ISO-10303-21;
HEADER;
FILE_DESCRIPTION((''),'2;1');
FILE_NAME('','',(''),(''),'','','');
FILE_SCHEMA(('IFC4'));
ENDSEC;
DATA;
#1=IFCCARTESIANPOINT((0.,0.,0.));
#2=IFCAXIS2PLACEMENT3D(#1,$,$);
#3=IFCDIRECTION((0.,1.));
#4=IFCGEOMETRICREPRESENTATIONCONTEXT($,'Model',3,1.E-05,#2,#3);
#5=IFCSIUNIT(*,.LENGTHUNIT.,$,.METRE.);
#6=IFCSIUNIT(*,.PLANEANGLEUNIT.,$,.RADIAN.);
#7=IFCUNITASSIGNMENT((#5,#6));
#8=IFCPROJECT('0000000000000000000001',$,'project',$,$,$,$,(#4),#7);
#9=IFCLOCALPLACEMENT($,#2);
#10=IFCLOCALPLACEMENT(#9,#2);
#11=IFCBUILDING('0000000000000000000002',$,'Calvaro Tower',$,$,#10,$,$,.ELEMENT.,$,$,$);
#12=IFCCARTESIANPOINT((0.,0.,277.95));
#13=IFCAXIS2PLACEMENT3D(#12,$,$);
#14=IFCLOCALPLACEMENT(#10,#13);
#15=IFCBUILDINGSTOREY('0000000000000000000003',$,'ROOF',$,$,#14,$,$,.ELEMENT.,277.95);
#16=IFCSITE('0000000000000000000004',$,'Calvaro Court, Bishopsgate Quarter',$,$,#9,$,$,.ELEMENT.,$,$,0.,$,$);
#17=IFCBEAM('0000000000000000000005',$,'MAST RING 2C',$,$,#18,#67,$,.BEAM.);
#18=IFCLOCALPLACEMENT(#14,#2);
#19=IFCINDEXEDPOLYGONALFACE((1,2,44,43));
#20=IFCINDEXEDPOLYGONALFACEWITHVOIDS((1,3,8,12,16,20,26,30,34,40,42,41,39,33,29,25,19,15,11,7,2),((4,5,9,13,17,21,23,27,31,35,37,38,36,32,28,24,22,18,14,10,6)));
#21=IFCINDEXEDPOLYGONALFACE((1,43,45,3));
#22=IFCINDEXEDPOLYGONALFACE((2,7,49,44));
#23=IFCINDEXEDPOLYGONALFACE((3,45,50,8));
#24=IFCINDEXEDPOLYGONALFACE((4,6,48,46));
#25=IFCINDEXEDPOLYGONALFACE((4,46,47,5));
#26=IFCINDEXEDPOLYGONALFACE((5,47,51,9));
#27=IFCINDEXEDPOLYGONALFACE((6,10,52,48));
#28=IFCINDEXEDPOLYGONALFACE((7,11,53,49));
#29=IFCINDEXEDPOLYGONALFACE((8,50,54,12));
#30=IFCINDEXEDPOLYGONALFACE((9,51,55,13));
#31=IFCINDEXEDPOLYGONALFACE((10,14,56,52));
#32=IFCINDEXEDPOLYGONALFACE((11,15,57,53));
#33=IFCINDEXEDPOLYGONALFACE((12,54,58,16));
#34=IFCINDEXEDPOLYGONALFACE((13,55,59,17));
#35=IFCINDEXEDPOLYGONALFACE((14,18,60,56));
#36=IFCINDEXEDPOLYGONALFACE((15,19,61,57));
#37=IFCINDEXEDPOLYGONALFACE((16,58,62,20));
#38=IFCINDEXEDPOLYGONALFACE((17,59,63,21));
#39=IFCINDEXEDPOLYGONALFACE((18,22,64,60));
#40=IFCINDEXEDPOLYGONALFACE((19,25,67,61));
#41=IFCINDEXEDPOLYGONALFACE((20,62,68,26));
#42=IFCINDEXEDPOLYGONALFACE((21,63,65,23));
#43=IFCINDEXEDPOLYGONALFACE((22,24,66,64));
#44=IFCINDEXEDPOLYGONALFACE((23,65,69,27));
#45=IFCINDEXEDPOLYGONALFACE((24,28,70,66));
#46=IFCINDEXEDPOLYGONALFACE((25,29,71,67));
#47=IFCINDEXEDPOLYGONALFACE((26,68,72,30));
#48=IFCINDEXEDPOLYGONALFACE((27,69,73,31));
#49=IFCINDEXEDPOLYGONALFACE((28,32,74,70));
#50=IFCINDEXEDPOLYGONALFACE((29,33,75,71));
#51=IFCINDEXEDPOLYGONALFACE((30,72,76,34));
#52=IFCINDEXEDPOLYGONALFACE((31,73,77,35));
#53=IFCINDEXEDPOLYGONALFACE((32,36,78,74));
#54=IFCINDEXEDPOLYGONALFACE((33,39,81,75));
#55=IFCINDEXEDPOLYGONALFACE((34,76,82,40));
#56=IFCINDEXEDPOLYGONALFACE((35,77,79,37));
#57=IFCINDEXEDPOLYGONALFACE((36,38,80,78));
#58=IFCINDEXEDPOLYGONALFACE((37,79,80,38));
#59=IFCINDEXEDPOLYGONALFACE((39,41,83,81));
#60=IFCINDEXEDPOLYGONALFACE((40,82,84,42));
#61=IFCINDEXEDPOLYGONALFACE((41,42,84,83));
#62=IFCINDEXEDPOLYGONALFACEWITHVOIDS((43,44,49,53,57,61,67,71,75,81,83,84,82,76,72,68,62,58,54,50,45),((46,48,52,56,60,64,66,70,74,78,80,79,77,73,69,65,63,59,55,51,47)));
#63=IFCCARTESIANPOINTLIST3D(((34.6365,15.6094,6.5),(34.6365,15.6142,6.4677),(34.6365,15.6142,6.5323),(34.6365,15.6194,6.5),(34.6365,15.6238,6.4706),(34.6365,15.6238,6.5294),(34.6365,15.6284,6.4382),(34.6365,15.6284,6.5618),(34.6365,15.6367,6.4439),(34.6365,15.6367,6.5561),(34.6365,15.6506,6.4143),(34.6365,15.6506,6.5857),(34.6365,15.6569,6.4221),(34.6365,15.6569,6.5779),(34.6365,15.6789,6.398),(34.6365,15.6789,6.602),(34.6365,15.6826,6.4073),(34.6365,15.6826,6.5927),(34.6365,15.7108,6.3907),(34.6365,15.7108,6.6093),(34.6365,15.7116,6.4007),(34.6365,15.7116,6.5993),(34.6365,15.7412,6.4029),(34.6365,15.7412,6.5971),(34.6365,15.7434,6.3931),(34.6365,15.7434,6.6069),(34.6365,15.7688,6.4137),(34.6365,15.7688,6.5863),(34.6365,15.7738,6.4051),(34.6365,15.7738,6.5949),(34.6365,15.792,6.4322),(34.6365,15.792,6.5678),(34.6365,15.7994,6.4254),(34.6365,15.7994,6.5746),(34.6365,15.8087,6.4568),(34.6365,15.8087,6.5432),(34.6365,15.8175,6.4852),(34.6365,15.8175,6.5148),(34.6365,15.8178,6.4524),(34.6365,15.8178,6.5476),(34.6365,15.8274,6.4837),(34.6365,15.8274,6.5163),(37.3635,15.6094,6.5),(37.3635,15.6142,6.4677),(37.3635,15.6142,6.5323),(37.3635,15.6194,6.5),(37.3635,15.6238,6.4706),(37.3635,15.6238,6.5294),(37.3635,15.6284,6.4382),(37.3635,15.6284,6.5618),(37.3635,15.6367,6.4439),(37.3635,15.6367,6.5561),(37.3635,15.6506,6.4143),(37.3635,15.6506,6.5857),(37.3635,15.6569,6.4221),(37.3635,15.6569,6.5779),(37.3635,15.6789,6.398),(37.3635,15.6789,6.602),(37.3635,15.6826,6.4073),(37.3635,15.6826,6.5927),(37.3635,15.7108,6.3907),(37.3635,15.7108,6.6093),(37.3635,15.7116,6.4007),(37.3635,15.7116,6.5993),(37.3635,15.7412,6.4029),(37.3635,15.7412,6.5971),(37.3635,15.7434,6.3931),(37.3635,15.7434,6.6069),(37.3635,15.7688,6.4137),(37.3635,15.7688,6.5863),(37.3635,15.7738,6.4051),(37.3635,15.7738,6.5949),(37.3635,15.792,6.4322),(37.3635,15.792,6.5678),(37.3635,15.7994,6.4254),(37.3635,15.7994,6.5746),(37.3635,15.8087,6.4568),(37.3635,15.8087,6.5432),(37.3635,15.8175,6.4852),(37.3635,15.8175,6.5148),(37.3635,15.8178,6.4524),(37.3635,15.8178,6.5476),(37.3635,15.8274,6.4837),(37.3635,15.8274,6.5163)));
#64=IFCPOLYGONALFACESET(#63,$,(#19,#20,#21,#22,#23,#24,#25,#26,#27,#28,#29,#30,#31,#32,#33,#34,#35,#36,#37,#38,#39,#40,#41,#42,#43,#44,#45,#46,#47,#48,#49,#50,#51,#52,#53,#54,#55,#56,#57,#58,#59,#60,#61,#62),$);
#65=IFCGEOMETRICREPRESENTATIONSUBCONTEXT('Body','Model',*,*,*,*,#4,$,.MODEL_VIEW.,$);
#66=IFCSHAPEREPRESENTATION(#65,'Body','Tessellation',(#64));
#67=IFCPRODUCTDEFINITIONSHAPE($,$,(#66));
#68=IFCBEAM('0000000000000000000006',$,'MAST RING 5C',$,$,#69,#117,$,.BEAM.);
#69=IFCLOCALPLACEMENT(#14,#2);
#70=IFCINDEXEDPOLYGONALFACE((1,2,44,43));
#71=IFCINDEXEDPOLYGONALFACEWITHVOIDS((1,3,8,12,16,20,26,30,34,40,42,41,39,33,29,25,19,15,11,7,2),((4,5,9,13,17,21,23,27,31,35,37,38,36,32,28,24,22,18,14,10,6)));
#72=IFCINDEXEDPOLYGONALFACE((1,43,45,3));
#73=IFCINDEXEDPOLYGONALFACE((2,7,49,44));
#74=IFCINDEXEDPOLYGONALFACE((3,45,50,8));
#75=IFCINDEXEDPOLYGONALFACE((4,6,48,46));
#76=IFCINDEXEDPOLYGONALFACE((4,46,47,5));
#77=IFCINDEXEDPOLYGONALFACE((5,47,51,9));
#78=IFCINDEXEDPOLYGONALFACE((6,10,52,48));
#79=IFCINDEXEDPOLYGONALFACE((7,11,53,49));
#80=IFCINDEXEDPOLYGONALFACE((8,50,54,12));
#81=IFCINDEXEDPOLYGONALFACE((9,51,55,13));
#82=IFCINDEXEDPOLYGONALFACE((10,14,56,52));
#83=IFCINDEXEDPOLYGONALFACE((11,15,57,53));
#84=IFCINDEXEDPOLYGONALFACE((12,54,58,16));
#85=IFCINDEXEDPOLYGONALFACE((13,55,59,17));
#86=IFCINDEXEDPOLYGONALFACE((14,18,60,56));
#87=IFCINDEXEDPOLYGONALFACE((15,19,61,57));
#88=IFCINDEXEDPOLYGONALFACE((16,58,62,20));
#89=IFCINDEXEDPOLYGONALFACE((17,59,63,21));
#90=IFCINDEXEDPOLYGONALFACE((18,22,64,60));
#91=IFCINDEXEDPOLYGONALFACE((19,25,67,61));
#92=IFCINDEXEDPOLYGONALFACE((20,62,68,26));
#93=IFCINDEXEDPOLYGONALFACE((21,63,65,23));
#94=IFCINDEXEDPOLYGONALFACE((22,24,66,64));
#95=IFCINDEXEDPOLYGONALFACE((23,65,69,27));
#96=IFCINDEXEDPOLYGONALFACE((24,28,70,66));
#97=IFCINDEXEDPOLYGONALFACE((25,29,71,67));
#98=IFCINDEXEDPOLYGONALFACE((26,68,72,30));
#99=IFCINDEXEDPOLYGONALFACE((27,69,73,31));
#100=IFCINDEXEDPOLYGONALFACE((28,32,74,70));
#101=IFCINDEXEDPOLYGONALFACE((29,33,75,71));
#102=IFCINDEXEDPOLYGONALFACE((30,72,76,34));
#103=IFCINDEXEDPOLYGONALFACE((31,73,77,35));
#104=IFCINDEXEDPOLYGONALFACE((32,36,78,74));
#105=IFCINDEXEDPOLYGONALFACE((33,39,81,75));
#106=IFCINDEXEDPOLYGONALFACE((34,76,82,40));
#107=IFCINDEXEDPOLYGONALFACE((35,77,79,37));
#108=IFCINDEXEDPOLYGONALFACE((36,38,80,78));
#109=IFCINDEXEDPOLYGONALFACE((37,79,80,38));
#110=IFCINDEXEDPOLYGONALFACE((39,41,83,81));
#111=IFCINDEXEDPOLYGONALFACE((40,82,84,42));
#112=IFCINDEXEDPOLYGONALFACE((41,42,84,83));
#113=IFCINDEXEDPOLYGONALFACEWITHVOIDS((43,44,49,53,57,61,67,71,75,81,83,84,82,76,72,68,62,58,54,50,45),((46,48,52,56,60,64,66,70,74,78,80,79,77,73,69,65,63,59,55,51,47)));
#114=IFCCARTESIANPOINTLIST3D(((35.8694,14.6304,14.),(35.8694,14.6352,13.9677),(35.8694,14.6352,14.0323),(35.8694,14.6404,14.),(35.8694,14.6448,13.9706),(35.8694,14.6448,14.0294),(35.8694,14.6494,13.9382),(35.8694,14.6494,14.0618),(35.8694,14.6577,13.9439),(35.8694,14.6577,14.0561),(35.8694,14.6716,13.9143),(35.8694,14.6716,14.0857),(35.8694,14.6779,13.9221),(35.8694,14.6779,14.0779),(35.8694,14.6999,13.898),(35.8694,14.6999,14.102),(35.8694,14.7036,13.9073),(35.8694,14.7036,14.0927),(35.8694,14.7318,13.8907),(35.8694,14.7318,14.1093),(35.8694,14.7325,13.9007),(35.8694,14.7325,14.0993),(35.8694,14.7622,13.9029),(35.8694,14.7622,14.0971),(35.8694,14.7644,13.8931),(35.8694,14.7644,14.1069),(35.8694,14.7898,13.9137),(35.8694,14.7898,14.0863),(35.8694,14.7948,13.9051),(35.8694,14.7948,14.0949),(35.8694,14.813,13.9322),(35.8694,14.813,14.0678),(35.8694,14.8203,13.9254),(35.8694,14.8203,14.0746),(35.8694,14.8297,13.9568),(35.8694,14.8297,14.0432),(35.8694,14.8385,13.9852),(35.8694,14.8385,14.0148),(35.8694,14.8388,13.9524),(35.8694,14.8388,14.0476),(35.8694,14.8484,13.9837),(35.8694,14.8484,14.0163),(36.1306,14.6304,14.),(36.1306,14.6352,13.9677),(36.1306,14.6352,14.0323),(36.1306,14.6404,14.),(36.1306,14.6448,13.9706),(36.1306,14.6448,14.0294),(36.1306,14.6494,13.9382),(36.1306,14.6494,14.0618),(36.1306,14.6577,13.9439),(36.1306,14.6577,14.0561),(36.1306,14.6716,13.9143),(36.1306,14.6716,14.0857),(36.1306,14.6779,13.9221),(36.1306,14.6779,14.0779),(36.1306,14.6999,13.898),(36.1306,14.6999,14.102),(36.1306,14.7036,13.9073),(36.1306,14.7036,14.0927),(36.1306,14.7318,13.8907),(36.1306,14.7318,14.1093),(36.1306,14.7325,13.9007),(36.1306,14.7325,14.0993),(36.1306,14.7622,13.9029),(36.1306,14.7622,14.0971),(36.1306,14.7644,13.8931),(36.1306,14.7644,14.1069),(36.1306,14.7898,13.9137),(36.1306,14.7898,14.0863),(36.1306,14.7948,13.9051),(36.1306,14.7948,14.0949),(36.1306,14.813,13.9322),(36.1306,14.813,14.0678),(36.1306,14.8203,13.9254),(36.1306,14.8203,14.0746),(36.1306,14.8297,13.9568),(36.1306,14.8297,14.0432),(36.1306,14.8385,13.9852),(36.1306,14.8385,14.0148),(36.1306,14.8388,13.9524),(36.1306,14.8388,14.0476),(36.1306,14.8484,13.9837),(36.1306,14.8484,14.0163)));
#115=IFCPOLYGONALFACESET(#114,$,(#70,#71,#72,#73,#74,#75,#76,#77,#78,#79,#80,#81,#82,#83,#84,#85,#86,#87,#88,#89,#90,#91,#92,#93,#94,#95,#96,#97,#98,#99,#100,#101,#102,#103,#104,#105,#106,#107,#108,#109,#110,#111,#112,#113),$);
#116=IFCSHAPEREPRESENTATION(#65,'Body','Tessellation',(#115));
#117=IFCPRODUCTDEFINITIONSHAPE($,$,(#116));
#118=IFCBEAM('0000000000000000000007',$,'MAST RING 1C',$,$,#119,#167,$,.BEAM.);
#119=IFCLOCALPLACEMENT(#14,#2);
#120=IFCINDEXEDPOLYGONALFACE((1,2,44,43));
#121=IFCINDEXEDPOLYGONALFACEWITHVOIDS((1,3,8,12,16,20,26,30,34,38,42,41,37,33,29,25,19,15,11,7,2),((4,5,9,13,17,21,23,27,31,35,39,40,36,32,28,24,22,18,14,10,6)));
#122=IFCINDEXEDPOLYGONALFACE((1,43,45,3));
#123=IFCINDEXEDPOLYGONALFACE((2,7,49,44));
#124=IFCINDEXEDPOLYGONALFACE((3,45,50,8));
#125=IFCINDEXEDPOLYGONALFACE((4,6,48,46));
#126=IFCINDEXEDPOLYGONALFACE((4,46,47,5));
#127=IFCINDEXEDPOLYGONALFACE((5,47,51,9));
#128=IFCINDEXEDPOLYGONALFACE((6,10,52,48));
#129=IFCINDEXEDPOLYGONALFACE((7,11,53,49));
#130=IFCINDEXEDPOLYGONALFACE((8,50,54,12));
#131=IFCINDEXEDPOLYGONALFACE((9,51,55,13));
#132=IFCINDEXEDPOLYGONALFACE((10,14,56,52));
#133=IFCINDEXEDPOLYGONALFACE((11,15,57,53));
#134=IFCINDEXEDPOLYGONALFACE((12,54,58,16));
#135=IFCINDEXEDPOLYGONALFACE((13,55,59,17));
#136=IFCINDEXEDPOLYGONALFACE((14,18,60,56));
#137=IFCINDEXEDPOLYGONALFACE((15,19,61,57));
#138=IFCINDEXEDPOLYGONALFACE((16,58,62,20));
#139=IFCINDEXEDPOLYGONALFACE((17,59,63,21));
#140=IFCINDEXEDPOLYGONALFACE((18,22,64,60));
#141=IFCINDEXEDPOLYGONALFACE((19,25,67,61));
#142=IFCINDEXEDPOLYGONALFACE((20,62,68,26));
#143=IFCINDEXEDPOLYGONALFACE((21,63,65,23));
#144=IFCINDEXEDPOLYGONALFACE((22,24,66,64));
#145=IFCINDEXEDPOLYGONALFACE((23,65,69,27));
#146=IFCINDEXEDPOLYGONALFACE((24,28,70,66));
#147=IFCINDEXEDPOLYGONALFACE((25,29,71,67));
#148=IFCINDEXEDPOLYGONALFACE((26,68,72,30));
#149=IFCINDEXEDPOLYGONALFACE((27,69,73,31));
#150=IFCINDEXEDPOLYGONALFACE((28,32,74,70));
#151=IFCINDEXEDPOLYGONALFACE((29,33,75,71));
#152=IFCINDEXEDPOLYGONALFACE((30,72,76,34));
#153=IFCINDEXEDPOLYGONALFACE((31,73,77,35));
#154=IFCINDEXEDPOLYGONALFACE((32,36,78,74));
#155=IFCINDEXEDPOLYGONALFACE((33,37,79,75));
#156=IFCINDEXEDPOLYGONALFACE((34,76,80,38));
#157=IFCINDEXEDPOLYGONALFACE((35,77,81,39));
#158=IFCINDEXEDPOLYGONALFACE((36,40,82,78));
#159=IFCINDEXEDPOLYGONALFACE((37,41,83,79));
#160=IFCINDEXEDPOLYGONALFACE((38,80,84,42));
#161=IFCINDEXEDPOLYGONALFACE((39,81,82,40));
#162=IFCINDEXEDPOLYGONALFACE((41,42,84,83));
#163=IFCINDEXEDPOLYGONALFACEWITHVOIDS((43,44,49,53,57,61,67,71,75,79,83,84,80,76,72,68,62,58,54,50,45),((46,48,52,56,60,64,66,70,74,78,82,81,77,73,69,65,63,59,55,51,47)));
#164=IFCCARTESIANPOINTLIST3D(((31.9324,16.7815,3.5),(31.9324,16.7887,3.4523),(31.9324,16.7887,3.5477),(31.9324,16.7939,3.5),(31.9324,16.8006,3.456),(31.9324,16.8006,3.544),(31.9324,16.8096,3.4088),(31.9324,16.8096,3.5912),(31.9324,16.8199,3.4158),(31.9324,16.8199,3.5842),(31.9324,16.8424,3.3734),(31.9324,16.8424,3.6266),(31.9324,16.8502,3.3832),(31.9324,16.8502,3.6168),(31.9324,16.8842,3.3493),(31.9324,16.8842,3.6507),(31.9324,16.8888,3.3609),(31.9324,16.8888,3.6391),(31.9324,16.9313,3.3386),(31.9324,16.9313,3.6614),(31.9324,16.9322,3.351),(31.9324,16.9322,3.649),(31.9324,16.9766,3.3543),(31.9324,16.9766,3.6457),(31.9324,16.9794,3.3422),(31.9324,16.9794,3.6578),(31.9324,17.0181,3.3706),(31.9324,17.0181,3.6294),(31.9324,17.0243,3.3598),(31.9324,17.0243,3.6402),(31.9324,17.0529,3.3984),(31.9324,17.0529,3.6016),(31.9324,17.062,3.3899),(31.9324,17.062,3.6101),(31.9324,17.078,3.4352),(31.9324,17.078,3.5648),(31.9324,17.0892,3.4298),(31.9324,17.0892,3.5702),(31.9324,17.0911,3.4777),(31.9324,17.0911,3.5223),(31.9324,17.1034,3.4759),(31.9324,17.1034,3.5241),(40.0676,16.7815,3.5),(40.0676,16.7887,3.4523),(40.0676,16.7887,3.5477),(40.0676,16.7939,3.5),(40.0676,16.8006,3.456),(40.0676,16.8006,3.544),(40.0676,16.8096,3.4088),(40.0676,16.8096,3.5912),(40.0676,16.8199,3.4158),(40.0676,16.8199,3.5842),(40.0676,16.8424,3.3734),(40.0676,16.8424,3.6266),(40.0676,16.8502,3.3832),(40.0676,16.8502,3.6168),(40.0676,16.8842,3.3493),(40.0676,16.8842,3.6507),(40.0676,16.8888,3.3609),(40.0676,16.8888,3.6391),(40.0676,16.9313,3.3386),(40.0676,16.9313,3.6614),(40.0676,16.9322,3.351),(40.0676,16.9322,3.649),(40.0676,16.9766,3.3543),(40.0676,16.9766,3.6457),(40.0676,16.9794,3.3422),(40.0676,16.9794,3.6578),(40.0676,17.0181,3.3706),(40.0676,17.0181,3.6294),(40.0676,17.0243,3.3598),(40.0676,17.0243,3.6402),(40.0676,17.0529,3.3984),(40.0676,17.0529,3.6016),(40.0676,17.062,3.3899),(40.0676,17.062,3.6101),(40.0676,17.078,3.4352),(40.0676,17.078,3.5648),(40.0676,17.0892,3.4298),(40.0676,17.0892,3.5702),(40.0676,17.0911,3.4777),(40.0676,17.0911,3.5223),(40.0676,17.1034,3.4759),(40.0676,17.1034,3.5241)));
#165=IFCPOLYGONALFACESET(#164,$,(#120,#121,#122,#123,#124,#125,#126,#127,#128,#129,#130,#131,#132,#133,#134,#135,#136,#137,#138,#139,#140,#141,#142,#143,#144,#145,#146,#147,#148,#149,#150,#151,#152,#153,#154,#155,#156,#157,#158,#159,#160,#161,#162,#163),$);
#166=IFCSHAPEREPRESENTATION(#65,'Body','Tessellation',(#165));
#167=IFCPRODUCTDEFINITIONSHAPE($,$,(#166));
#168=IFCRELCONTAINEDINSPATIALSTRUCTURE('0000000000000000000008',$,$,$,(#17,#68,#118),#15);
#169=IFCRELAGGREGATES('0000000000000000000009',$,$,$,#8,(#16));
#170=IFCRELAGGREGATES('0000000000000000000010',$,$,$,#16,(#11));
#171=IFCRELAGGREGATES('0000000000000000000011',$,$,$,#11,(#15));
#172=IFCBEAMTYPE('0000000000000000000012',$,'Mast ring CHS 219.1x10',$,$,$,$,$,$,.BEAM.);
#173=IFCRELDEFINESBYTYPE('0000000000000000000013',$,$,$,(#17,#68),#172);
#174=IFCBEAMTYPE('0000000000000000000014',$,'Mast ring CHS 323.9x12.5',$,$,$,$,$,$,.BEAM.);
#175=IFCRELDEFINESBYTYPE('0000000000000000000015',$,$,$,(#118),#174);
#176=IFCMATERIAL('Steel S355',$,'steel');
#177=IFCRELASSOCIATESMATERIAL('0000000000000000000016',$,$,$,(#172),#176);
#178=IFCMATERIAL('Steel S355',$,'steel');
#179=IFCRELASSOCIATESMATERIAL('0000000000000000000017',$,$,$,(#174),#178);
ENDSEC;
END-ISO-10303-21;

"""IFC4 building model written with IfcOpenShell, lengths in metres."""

from ifc_helpers import new_model, si_unit, direction, frame, origin, origin_2d, place, context, subcontext, project, spatial, hollow_circle, extrude, material, material_profile, profile_set, type_object, element, save


model = new_model("IFC4")

# Units and contexts
model_context = context("Model", 3, precision=1e-05, world=origin(), true_north=direction((0.0, 1.0)))
body_context = subcontext(model_context, "Body", "Model", "MODEL_VIEW")
ifc_project = project(units=[si_unit("LENGTHUNIT", "METRE"), si_unit("PLANEANGLEUNIT", "RADIAN")], contexts=[model_context])

# Site, building, storey
site_placement = place(None, origin())
site = spatial("IfcSite", under=ifc_project, at=site_placement, Name="Calvaro Court, Bishopsgate Quarter", CompositionType="ELEMENT", RefElevation=0.0)
building_placement = place(site_placement, origin())
building = spatial("IfcBuilding", under=site, at=building_placement, Name="Calvaro Tower", CompositionType="ELEMENT")
storey_placement = place(building_placement, frame((0.0, 0.0, 277.95)))
storey = spatial("IfcBuildingStorey", under=building, at=storey_placement, Name="ROOF", CompositionType="ELEMENT", Elevation=277.95)

# Beams
ifc_material_1 = material(Name="Steel S355", Category="steel")
ifc_material_profile_1 = material_profile(ifc_material_1, hollow_circle(Radius=0.1096, WallThickness=0.01, at=origin_2d()), Name="CHS 219.1x10")
ifc_profile_set_1 = profile_set([ifc_material_profile_1], Name="Steel S355")
beam_type_1 = type_object("IfcBeamType", Name="Mast ring CHS 219.1x10", PredefinedType="BEAM", material=ifc_profile_set_1)
beam_1_placement = place(storey_placement, frame((37.3635, 15.719, 6.5), z_axis=(-1.0, 0.0, 0.0), x_axis=(0.0, -1.0, 0.0)))
element("IfcBeam", 1, at=beam_1_placement, inside=storey, type_object=beam_type_1, Name="MAST RING 2C", PredefinedType="BEAM", context=body_context, shape_type="SweptSolid", body=[
    extrude(hollow_circle(Radius=0.1096, WallThickness=0.01, at=origin_2d()), origin(), (0.0, 0.0, 1.0), 2.7271),
])
beam_2_placement = place(storey_placement, frame((36.1306, 14.74, 14.0), z_axis=(-1.0, 0.0, 0.0), x_axis=(0.0, -1.0, 0.0)))
element("IfcBeam", 2, at=beam_2_placement, inside=storey, type_object=beam_type_1, Name="MAST RING 5C", PredefinedType="BEAM", context=body_context, shape_type="SweptSolid", body=[
    extrude(hollow_circle(Radius=0.1096, WallThickness=0.01, at=origin_2d()), origin(), (0.0, 0.0, 1.0), 0.2612),
])
ifc_material_2 = material(Name="Steel S355", Category="steel")
ifc_material_profile_2 = material_profile(ifc_material_2, hollow_circle(Radius=0.1619, WallThickness=0.0125, at=origin_2d()), Name="CHS 323.9x12.5")
ifc_profile_set_2 = profile_set([ifc_material_profile_2], Name="Steel S355")
beam_type_2 = type_object("IfcBeamType", Name="Mast ring CHS 323.9x12.5", PredefinedType="BEAM", material=ifc_profile_set_2)
beam_3_placement = place(storey_placement, frame((40.0676, 16.9434, 3.5), z_axis=(-1.0, 0.0, 0.0), x_axis=(0.0, -1.0, 0.0)))
element("IfcBeam", 3, at=beam_3_placement, inside=storey, type_object=beam_type_2, Name="MAST RING 1C", PredefinedType="BEAM", context=body_context, shape_type="SweptSolid", body=[
    extrude(hollow_circle(Radius=0.1619, WallThickness=0.0125, at=origin_2d()), origin(), (0.0, 0.0, 1.0), 8.1353),
])

save(model, "model.ifc")
